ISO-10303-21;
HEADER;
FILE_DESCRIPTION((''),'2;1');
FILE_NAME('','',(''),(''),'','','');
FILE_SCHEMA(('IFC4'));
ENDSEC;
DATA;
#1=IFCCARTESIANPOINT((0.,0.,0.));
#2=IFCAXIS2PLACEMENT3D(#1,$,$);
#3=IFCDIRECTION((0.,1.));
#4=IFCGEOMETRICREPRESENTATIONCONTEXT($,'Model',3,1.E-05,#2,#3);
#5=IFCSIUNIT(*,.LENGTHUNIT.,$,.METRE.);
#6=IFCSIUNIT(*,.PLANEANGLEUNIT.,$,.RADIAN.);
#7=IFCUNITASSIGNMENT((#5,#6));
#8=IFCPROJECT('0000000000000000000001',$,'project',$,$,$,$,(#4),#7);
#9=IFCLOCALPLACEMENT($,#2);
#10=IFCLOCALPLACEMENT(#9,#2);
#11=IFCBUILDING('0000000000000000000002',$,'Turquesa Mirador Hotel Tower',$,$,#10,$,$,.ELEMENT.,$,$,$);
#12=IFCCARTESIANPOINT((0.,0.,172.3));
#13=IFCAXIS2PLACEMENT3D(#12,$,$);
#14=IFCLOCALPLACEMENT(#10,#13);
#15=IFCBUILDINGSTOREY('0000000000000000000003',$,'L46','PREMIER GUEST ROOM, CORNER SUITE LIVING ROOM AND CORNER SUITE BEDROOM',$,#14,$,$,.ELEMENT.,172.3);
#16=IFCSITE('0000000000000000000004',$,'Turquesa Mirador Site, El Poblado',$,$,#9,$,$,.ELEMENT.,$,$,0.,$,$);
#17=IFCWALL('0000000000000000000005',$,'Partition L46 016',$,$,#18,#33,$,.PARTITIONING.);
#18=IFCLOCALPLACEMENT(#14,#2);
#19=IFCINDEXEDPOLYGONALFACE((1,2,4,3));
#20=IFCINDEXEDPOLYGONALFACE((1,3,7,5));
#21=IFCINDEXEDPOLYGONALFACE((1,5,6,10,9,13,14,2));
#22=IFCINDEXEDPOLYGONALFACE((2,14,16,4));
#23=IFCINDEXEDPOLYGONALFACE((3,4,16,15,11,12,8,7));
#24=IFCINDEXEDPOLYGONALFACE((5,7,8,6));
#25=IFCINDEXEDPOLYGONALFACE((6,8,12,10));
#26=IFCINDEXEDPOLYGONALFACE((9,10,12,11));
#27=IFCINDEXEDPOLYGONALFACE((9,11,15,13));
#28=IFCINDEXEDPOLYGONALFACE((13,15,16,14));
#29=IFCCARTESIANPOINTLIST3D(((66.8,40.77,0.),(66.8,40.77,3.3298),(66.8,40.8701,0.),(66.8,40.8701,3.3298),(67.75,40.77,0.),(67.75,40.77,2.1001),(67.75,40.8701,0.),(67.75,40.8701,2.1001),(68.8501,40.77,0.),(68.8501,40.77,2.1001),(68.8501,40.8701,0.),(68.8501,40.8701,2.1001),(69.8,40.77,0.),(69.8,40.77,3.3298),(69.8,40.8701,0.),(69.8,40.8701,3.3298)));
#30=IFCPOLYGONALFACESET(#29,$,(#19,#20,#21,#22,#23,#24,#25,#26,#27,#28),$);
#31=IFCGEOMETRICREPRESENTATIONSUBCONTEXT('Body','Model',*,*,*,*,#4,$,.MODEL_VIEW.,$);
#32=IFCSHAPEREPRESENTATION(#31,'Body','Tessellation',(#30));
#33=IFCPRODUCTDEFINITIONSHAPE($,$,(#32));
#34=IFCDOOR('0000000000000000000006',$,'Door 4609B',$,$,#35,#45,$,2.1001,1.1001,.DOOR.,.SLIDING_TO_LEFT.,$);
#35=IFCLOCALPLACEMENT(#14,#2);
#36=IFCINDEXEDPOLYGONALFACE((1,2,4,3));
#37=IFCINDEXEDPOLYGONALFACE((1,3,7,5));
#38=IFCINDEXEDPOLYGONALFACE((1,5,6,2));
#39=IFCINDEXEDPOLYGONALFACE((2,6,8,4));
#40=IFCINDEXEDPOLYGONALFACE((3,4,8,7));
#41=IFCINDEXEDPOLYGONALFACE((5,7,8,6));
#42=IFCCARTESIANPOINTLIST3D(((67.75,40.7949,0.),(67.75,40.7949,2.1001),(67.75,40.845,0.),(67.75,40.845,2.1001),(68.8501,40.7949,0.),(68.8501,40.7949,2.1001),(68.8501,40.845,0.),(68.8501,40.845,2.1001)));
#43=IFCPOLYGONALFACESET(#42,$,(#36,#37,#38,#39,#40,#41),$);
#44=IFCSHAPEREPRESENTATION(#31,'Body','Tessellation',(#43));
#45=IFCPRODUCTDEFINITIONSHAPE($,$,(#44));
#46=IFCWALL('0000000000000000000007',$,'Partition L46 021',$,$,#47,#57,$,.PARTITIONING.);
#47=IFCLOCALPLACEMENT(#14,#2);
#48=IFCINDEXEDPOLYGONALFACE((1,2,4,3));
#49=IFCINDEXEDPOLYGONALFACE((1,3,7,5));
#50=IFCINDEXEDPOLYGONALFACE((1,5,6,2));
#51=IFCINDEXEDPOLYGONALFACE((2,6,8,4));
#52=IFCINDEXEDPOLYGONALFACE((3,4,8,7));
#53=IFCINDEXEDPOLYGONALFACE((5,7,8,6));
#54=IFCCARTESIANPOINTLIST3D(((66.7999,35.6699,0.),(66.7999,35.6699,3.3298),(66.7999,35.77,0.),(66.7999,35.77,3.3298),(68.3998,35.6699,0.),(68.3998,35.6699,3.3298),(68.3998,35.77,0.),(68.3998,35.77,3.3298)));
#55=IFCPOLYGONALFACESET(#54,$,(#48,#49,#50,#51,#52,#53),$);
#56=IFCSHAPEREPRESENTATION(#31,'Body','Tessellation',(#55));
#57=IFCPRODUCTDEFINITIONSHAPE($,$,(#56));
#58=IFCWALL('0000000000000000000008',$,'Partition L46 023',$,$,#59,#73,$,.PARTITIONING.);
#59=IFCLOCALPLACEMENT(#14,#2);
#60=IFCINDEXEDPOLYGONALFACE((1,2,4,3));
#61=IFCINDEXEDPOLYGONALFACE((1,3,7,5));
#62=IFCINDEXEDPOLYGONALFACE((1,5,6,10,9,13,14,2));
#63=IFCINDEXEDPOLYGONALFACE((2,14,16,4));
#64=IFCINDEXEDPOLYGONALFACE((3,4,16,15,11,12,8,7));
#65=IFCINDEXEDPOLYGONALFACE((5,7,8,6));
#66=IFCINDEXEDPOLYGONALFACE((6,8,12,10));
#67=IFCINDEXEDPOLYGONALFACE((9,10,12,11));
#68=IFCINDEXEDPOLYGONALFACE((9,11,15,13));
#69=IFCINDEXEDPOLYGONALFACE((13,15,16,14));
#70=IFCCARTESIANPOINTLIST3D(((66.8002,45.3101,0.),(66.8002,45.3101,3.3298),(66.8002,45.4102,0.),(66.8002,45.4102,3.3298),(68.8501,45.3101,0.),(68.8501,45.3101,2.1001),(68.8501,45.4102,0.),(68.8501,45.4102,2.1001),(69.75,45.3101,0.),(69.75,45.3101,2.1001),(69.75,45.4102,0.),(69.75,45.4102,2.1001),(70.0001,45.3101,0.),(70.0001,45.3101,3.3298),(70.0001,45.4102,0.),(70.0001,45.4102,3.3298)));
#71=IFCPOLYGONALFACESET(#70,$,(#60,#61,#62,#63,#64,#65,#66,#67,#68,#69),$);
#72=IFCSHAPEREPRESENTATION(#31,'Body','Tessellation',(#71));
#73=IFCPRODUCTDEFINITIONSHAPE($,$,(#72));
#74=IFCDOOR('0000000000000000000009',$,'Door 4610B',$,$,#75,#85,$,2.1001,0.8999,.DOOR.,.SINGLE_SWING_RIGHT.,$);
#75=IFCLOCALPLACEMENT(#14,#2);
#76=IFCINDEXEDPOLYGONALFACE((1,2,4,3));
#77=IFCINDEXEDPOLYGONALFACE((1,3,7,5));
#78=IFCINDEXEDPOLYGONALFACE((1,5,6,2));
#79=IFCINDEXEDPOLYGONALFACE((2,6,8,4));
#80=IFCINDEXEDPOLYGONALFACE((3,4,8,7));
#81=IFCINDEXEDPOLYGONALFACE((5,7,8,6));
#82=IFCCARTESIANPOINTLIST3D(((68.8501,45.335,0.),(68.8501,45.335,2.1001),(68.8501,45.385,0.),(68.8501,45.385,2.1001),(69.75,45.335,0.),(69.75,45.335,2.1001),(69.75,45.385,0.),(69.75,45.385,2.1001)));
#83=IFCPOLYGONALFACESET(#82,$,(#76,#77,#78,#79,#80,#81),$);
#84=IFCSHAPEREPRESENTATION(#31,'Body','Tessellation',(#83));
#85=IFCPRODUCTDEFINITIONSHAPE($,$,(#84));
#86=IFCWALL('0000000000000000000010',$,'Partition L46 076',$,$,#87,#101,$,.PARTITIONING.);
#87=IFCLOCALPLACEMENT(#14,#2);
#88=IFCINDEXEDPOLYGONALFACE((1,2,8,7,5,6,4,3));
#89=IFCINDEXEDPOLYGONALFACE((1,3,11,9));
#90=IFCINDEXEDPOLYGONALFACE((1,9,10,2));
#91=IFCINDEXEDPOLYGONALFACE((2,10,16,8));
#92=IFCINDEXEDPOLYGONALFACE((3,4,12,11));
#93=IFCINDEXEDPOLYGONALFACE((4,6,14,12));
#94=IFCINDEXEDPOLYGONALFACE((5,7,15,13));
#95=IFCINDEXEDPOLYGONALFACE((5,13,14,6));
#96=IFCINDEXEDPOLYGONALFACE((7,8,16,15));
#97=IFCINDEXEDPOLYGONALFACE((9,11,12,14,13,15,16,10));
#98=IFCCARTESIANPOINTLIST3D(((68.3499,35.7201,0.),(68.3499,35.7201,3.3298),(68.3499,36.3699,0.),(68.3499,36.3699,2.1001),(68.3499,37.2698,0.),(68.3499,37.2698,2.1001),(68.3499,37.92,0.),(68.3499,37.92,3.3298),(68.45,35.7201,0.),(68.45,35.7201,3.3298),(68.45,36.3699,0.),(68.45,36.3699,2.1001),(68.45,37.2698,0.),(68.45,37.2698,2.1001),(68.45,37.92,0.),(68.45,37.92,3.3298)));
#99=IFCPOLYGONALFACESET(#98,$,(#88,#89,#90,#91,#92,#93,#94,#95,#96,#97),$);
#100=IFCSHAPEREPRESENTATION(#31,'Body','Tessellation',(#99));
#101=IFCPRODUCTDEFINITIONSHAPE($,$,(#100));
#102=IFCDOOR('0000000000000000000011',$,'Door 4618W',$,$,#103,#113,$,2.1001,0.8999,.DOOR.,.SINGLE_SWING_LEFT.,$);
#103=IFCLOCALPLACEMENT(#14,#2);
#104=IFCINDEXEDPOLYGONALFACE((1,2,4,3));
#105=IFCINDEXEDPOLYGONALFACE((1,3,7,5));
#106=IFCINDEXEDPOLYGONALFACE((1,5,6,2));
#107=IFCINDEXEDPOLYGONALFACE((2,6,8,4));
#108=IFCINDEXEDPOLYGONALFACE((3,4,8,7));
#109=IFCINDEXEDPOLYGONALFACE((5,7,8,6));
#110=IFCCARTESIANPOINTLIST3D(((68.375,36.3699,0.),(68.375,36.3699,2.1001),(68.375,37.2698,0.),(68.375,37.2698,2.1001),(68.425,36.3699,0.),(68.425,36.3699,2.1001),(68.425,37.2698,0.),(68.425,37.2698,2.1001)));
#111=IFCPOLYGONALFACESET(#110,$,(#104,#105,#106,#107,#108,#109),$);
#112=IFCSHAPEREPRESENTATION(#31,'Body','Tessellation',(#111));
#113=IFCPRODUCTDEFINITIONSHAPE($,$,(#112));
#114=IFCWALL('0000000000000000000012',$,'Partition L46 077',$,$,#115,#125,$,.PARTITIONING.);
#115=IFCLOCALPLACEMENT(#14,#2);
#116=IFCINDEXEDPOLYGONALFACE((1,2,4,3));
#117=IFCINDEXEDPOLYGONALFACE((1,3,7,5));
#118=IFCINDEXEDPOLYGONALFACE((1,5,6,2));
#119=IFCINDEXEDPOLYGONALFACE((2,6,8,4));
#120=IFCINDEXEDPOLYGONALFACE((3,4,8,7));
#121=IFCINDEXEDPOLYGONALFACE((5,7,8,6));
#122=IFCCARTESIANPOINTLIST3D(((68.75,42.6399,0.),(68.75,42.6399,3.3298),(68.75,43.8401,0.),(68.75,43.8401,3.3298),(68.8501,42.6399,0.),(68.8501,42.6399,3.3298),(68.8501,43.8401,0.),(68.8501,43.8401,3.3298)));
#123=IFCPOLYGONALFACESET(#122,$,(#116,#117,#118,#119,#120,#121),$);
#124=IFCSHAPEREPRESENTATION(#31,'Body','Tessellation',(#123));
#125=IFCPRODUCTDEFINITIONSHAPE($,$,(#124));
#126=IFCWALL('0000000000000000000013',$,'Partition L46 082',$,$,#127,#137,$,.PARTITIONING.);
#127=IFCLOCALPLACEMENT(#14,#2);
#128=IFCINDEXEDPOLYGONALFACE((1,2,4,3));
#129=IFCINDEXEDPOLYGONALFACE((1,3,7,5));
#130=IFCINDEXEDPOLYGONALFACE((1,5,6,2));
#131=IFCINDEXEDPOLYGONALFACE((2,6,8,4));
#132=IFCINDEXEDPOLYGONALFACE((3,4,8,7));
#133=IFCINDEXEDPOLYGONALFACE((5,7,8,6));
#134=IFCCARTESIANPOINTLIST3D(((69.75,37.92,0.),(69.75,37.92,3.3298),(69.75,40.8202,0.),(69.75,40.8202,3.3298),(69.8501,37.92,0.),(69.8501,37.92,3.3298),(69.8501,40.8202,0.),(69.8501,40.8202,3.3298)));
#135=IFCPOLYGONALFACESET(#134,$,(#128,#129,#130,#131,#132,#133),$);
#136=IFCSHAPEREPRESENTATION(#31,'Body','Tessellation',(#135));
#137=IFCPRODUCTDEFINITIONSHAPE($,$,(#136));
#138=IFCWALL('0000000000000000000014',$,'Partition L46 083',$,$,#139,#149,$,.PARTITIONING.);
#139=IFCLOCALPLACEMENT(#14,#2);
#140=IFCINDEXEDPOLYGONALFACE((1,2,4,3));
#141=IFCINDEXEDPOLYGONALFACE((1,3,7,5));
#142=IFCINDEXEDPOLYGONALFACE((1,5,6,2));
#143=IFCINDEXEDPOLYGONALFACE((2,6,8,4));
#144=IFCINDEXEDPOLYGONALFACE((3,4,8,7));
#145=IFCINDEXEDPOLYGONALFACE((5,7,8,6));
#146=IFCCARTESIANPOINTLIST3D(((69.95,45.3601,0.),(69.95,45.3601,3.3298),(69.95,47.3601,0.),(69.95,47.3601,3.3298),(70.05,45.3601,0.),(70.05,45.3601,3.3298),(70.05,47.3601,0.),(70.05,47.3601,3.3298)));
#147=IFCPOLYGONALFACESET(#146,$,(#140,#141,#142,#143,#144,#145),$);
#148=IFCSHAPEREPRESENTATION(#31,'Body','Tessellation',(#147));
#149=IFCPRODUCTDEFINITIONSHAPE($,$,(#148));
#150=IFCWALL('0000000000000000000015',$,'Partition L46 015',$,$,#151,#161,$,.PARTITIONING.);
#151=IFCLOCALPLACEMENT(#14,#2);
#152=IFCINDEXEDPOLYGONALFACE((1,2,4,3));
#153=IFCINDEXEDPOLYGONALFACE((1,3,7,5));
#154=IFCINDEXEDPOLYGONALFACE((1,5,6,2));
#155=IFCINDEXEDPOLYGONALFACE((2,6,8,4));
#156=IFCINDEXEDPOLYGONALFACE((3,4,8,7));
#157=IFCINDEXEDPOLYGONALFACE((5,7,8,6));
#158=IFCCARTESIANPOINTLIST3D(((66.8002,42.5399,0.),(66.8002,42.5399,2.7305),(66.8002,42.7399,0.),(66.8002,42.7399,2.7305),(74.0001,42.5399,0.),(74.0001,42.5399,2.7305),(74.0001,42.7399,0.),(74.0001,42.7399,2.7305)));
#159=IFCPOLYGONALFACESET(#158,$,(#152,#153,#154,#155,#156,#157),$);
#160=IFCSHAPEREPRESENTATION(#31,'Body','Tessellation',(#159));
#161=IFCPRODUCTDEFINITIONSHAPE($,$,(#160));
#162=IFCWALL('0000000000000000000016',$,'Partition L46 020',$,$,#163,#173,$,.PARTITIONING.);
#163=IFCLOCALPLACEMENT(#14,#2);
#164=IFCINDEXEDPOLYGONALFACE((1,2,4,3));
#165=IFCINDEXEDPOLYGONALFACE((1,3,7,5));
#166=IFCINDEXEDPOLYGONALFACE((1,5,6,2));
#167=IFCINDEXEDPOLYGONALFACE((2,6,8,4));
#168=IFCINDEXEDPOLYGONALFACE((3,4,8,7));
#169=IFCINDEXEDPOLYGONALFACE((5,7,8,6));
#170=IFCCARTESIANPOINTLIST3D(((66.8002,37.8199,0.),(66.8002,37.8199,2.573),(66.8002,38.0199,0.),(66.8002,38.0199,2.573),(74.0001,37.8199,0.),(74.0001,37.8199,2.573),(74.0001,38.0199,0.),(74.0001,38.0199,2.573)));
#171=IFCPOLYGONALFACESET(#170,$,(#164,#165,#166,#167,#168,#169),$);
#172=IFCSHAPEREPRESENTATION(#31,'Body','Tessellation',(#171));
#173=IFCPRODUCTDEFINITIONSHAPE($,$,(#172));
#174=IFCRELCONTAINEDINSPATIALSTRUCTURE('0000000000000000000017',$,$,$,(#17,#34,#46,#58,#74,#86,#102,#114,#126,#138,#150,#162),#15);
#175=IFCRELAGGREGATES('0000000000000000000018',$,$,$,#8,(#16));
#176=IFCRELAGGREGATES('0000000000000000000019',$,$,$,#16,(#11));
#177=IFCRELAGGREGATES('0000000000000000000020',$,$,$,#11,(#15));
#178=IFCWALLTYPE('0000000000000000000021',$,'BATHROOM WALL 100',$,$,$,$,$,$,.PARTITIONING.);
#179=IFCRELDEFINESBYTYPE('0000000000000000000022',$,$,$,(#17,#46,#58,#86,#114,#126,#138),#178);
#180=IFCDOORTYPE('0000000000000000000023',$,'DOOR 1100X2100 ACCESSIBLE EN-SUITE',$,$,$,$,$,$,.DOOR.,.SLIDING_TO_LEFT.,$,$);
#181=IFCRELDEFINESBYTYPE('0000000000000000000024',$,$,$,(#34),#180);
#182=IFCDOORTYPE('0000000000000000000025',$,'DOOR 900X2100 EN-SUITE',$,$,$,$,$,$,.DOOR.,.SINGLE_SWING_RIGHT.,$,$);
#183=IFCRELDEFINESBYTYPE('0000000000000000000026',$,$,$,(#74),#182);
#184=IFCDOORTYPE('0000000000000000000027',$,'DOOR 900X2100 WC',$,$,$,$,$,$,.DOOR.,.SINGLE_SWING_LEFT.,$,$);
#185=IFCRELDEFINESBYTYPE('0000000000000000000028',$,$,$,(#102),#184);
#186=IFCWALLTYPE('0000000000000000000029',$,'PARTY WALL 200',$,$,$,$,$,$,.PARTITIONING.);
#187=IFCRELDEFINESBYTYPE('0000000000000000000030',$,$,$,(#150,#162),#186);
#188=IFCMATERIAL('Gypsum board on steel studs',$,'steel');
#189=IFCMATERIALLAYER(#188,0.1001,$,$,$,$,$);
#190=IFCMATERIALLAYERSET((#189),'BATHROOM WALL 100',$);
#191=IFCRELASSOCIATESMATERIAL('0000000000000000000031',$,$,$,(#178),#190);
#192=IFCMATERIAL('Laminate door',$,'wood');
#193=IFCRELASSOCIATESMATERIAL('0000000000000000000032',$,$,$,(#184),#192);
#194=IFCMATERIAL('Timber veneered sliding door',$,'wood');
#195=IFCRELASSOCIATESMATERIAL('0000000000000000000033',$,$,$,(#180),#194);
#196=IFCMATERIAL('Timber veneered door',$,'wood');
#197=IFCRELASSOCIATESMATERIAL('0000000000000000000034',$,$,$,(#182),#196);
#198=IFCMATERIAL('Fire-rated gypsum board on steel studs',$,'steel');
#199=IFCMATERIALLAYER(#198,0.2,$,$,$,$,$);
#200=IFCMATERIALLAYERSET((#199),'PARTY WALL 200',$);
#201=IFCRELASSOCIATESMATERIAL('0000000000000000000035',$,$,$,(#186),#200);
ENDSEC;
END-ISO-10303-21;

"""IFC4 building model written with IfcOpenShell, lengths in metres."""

from ifc_helpers import new_model, si_unit, direction, frame, frame_2d, origin, place, context, subcontext, project, spatial, rectangle, extrude, material, layer, layer_set, type_object, element, fill, save


model = new_model("IFC4")

# Units and contexts
model_context = context("Model", 3, precision=1e-05, world=origin(), true_north=direction((0.0, 1.0)))
body_context = subcontext(model_context, "Body", "Model", "MODEL_VIEW")
ifc_project = project(units=[si_unit("LENGTHUNIT", "METRE"), si_unit("PLANEANGLEUNIT", "RADIAN")], contexts=[model_context])

# Site, building, storey
site_placement = place(None, origin())
site = spatial("IfcSite", under=ifc_project, at=site_placement, Name="Turquesa Mirador Site, El Poblado", CompositionType="ELEMENT", RefElevation=0.0)
building_placement = place(site_placement, origin())
building = spatial("IfcBuilding", under=site, at=building_placement, Name="Turquesa Mirador Hotel Tower", CompositionType="ELEMENT")
storey_placement = place(building_placement, frame((0.0, 0.0, 172.3)))
storey = spatial("IfcBuildingStorey", under=building, at=storey_placement, Name="L46", Description="PREMIER GUEST ROOM, CORNER SUITE LIVING ROOM AND CORNER SUITE BEDROOM", CompositionType="ELEMENT", Elevation=172.3)

# Wall, opening, door
ifc_material_1 = material(Name="Gypsum board on steel studs", Category="steel")
ifc_layer_1 = layer(ifc_material_1, 0.1001)
ifc_layer_set_1 = layer_set([ifc_layer_1], Name="BATHROOM WALL 100")
wall_type_1 = type_object("IfcWallType", Name="BATHROOM WALL 100", PredefinedType="PARTITIONING", material=ifc_layer_set_1)
ifc_material_2 = material(Name="Laminate door", Category="wood")
door_type_1 = type_object("IfcDoorType", Name="DOOR 900X2100 WC", OperationType="SINGLE_SWING_LEFT", PredefinedType="DOOR", material=ifc_material_2)
wall_1_placement = place(storey_placement, frame((66.8, 40.8201, 0.0), z_axis=(0.0, 0.0, 1.0), x_axis=(1.0, 0.0, 0.0)))
wall_1 = element("IfcWall", 1, at=wall_1_placement, inside=storey, type_object=wall_type_1, Name="Partition L46 016", PredefinedType="PARTITIONING", context=body_context, shape_type="SweptSolid", body=[
    extrude(rectangle(XDim=3.0, YDim=0.1001, at=frame_2d((1.5, 0.0))), origin(), (0.0, 0.0, 1.0), 3.3298),
])
opening_1_placement = place(wall_1_placement, frame((0.95, 0.0, 0.0)))
opening_1 = element("IfcOpeningElement", 2, at=opening_1_placement, cuts=wall_1, PredefinedType="OPENING", context=body_context, shape_type="SweptSolid", body=[
    extrude(rectangle(XDim=1.1001, YDim=2.1001, at=frame_2d((0.55, 1.05))), frame((0.0, 0.0601, 0.0), z_axis=(0.0, -1.0, 0.0), x_axis=(1.0, 0.0, 0.0)), (0.0, 0.0, 1.0), 0.1201),
])
ifc_material_3 = material(Name="Timber veneered sliding door", Category="wood")
door_type_2 = type_object("IfcDoorType", Name="DOOR 1100X2100 ACCESSIBLE EN-SUITE", OperationType="SLIDING_TO_LEFT", PredefinedType="DOOR", material=ifc_material_3)
door_1_placement = place(opening_1_placement, origin())
door_1 = element("IfcDoor", 3, at=door_1_placement, inside=storey, type_object=door_type_2, Name="Door 4609B", OperationType="SLIDING_TO_LEFT", OverallHeight=2.1001, OverallWidth=1.1001, PredefinedType="DOOR", context=body_context, shape_type="SweptSolid", body=[
    extrude(rectangle(XDim=1.1001, YDim=2.1001, at=frame_2d((0.55, 1.05))), frame((0.0, 0.0249, 0.0), z_axis=(0.0, -1.0, 0.0), x_axis=(1.0, 0.0, 0.0)), (0.0, 0.0, 1.0), 0.05),
])
fill(opening_1, door_1)

# Wall
wall_2_placement = place(storey_placement, frame((66.8, 35.72, 0.0), z_axis=(0.0, 0.0, 1.0), x_axis=(1.0, 0.0, 0.0)))
element("IfcWall", 4, at=wall_2_placement, inside=storey, type_object=wall_type_1, Name="Partition L46 021", PredefinedType="PARTITIONING", context=body_context, shape_type="SweptSolid", body=[
    extrude(rectangle(XDim=1.5999, YDim=0.1001, at=frame_2d((0.7998, 0.0))), origin(), (0.0, 0.0, 1.0), 3.3298),
])

# Walls, openings, doors
wall_3_placement = place(storey_placement, frame((66.8, 45.3601, 0.0), z_axis=(0.0, 0.0, 1.0), x_axis=(1.0, 0.0, 0.0)))
wall_3 = element("IfcWall", 5, at=wall_3_placement, inside=storey, type_object=wall_type_1, Name="Partition L46 023", PredefinedType="PARTITIONING", context=body_context, shape_type="SweptSolid", body=[
    extrude(rectangle(XDim=3.2, YDim=0.1001, at=frame_2d((1.6001, 0.0))), origin(), (0.0, 0.0, 1.0), 3.3298),
])
opening_2_placement = place(wall_3_placement, frame((2.05, 0.0, 0.0)))
opening_2 = element("IfcOpeningElement", 6, at=opening_2_placement, cuts=wall_3, PredefinedType="OPENING", context=body_context, shape_type="SweptSolid", body=[
    extrude(rectangle(XDim=0.8999, YDim=2.1001, at=frame_2d((0.45, 1.05))), frame((0.0, 0.0601, 0.0), z_axis=(0.0, -1.0, 0.0), x_axis=(1.0, 0.0, 0.0)), (0.0, 0.0, 1.0), 0.1201),
])
ifc_material_4 = material(Name="Timber veneered door", Category="wood")
door_type_3 = type_object("IfcDoorType", Name="DOOR 900X2100 EN-SUITE", OperationType="SINGLE_SWING_RIGHT", PredefinedType="DOOR", material=ifc_material_4)
door_2_placement = place(opening_2_placement, origin())
door_2 = element("IfcDoor", 7, at=door_2_placement, inside=storey, type_object=door_type_3, Name="Door 4610B", OperationType="SINGLE_SWING_RIGHT", OverallHeight=2.1001, OverallWidth=0.8999, PredefinedType="DOOR", context=body_context, shape_type="SweptSolid", body=[
    extrude(rectangle(XDim=0.8999, YDim=2.1001, at=frame_2d((0.45, 1.05))), frame((0.0, 0.0249, 0.0), z_axis=(0.0, -1.0, 0.0), x_axis=(1.0, 0.0, 0.0)), (0.0, 0.0, 1.0), 0.05),
])
fill(opening_2, door_2)
wall_4_placement = place(storey_placement, frame((68.3999, 35.72, 0.0), z_axis=(0.0, 0.0, 1.0), x_axis=(0.0, 1.0, 0.0)))
wall_4 = element("IfcWall", 8, at=wall_4_placement, inside=storey, type_object=wall_type_1, Name="Partition L46 076", PredefinedType="PARTITIONING", context=body_context, shape_type="SweptSolid", body=[
    extrude(rectangle(XDim=2.2, YDim=0.1001, at=frame_2d((1.1001, 0.0))), origin(), (0.0, 0.0, 1.0), 3.3298),
])
opening_3_placement = place(wall_4_placement, frame((0.6499, 0.0, 0.0)))
opening_3 = element("IfcOpeningElement", 9, at=opening_3_placement, cuts=wall_4, PredefinedType="OPENING", context=body_context, shape_type="SweptSolid", body=[
    extrude(rectangle(XDim=0.8999, YDim=2.1001, at=frame_2d((0.45, 1.05))), frame((0.0, 0.0601, 0.0), z_axis=(0.0, -1.0, 0.0), x_axis=(1.0, 0.0, 0.0)), (0.0, 0.0, 1.0), 0.1201),
])
door_3_placement = place(opening_3_placement, origin())
door_3 = element("IfcDoor", 10, at=door_3_placement, inside=storey, type_object=door_type_1, Name="Door 4618W", OperationType="SINGLE_SWING_LEFT", OverallHeight=2.1001, OverallWidth=0.8999, PredefinedType="DOOR", context=body_context, shape_type="SweptSolid", body=[
    extrude(rectangle(XDim=0.8999, YDim=2.1001, at=frame_2d((0.45, 1.05))), frame((0.0, 0.0249, 0.0), z_axis=(0.0, -1.0, 0.0), x_axis=(1.0, 0.0, 0.0)), (0.0, 0.0, 1.0), 0.05),
])
fill(opening_3, door_3)

# Walls
wall_5_placement = place(storey_placement, frame((68.8, 42.6399, 0.0), z_axis=(0.0, 0.0, 1.0), x_axis=(0.0, 1.0, 0.0)))
element("IfcWall", 11, at=wall_5_placement, inside=storey, type_object=wall_type_1, Name="Partition L46 077", PredefinedType="PARTITIONING", context=body_context, shape_type="SweptSolid", body=[
    extrude(rectangle(XDim=1.2002, YDim=0.1001, at=frame_2d((0.6001, 0.0))), origin(), (0.0, 0.0, 1.0), 3.3298),
])
wall_6_placement = place(storey_placement, frame((69.8, 37.9199, 0.0), z_axis=(0.0, 0.0, 1.0), x_axis=(0.0, 1.0, 0.0)))
element("IfcWall", 12, at=wall_6_placement, inside=storey, type_object=wall_type_1, Name="Partition L46 082", PredefinedType="PARTITIONING", context=body_context, shape_type="SweptSolid", body=[
    extrude(rectangle(XDim=2.9001, YDim=0.1001, at=frame_2d((1.4502, 0.0))), origin(), (0.0, 0.0, 1.0), 3.3298),
])
wall_7_placement = place(storey_placement, frame((70.0, 45.3601, 0.0), z_axis=(0.0, 0.0, 1.0), x_axis=(0.0, 1.0, 0.0)))
element("IfcWall", 13, at=wall_7_placement, inside=storey, type_object=wall_type_1, Name="Partition L46 083", PredefinedType="PARTITIONING", context=body_context, shape_type="SweptSolid", body=[
    extrude(rectangle(XDim=2.0, YDim=0.1001, at=frame_2d((1.0, 0.0))), origin(), (0.0, 0.0, 1.0), 3.3298),
])
ifc_material_5 = material(Name="Fire-rated gypsum board on steel studs", Category="steel")
ifc_layer_2 = layer(ifc_material_5, 0.2)
ifc_layer_set_2 = layer_set([ifc_layer_2], Name="PARTY WALL 200")
wall_type_2 = type_object("IfcWallType", Name="PARTY WALL 200", PredefinedType="PARTITIONING", material=ifc_layer_set_2)
wall_8_placement = place(storey_placement, frame((66.8, 42.6399, 0.0), z_axis=(0.0, 0.0, 1.0), x_axis=(1.0, 0.0, 0.0)))
element("IfcWall", 14, at=wall_8_placement, inside=storey, type_object=wall_type_2, Name="Partition L46 015", PredefinedType="PARTITIONING", context=body_context, shape_type="SweptSolid", body=[
    extrude(rectangle(XDim=7.2, YDim=0.2, at=frame_2d((3.6001, 0.0))), origin(), (0.0, 0.0, 1.0), 2.7305),
])
wall_9_placement = place(storey_placement, frame((66.8, 37.9199, 0.0), z_axis=(0.0, 0.0, 1.0), x_axis=(1.0, 0.0, 0.0)))
element("IfcWall", 15, at=wall_9_placement, inside=storey, type_object=wall_type_2, Name="Partition L46 020", PredefinedType="PARTITIONING", context=body_context, shape_type="SweptSolid", body=[
    extrude(rectangle(XDim=7.2, YDim=0.2, at=frame_2d((3.6001, 0.0))), origin(), (0.0, 0.0, 1.0), 2.573),
])

save(model, "model.ifc")
